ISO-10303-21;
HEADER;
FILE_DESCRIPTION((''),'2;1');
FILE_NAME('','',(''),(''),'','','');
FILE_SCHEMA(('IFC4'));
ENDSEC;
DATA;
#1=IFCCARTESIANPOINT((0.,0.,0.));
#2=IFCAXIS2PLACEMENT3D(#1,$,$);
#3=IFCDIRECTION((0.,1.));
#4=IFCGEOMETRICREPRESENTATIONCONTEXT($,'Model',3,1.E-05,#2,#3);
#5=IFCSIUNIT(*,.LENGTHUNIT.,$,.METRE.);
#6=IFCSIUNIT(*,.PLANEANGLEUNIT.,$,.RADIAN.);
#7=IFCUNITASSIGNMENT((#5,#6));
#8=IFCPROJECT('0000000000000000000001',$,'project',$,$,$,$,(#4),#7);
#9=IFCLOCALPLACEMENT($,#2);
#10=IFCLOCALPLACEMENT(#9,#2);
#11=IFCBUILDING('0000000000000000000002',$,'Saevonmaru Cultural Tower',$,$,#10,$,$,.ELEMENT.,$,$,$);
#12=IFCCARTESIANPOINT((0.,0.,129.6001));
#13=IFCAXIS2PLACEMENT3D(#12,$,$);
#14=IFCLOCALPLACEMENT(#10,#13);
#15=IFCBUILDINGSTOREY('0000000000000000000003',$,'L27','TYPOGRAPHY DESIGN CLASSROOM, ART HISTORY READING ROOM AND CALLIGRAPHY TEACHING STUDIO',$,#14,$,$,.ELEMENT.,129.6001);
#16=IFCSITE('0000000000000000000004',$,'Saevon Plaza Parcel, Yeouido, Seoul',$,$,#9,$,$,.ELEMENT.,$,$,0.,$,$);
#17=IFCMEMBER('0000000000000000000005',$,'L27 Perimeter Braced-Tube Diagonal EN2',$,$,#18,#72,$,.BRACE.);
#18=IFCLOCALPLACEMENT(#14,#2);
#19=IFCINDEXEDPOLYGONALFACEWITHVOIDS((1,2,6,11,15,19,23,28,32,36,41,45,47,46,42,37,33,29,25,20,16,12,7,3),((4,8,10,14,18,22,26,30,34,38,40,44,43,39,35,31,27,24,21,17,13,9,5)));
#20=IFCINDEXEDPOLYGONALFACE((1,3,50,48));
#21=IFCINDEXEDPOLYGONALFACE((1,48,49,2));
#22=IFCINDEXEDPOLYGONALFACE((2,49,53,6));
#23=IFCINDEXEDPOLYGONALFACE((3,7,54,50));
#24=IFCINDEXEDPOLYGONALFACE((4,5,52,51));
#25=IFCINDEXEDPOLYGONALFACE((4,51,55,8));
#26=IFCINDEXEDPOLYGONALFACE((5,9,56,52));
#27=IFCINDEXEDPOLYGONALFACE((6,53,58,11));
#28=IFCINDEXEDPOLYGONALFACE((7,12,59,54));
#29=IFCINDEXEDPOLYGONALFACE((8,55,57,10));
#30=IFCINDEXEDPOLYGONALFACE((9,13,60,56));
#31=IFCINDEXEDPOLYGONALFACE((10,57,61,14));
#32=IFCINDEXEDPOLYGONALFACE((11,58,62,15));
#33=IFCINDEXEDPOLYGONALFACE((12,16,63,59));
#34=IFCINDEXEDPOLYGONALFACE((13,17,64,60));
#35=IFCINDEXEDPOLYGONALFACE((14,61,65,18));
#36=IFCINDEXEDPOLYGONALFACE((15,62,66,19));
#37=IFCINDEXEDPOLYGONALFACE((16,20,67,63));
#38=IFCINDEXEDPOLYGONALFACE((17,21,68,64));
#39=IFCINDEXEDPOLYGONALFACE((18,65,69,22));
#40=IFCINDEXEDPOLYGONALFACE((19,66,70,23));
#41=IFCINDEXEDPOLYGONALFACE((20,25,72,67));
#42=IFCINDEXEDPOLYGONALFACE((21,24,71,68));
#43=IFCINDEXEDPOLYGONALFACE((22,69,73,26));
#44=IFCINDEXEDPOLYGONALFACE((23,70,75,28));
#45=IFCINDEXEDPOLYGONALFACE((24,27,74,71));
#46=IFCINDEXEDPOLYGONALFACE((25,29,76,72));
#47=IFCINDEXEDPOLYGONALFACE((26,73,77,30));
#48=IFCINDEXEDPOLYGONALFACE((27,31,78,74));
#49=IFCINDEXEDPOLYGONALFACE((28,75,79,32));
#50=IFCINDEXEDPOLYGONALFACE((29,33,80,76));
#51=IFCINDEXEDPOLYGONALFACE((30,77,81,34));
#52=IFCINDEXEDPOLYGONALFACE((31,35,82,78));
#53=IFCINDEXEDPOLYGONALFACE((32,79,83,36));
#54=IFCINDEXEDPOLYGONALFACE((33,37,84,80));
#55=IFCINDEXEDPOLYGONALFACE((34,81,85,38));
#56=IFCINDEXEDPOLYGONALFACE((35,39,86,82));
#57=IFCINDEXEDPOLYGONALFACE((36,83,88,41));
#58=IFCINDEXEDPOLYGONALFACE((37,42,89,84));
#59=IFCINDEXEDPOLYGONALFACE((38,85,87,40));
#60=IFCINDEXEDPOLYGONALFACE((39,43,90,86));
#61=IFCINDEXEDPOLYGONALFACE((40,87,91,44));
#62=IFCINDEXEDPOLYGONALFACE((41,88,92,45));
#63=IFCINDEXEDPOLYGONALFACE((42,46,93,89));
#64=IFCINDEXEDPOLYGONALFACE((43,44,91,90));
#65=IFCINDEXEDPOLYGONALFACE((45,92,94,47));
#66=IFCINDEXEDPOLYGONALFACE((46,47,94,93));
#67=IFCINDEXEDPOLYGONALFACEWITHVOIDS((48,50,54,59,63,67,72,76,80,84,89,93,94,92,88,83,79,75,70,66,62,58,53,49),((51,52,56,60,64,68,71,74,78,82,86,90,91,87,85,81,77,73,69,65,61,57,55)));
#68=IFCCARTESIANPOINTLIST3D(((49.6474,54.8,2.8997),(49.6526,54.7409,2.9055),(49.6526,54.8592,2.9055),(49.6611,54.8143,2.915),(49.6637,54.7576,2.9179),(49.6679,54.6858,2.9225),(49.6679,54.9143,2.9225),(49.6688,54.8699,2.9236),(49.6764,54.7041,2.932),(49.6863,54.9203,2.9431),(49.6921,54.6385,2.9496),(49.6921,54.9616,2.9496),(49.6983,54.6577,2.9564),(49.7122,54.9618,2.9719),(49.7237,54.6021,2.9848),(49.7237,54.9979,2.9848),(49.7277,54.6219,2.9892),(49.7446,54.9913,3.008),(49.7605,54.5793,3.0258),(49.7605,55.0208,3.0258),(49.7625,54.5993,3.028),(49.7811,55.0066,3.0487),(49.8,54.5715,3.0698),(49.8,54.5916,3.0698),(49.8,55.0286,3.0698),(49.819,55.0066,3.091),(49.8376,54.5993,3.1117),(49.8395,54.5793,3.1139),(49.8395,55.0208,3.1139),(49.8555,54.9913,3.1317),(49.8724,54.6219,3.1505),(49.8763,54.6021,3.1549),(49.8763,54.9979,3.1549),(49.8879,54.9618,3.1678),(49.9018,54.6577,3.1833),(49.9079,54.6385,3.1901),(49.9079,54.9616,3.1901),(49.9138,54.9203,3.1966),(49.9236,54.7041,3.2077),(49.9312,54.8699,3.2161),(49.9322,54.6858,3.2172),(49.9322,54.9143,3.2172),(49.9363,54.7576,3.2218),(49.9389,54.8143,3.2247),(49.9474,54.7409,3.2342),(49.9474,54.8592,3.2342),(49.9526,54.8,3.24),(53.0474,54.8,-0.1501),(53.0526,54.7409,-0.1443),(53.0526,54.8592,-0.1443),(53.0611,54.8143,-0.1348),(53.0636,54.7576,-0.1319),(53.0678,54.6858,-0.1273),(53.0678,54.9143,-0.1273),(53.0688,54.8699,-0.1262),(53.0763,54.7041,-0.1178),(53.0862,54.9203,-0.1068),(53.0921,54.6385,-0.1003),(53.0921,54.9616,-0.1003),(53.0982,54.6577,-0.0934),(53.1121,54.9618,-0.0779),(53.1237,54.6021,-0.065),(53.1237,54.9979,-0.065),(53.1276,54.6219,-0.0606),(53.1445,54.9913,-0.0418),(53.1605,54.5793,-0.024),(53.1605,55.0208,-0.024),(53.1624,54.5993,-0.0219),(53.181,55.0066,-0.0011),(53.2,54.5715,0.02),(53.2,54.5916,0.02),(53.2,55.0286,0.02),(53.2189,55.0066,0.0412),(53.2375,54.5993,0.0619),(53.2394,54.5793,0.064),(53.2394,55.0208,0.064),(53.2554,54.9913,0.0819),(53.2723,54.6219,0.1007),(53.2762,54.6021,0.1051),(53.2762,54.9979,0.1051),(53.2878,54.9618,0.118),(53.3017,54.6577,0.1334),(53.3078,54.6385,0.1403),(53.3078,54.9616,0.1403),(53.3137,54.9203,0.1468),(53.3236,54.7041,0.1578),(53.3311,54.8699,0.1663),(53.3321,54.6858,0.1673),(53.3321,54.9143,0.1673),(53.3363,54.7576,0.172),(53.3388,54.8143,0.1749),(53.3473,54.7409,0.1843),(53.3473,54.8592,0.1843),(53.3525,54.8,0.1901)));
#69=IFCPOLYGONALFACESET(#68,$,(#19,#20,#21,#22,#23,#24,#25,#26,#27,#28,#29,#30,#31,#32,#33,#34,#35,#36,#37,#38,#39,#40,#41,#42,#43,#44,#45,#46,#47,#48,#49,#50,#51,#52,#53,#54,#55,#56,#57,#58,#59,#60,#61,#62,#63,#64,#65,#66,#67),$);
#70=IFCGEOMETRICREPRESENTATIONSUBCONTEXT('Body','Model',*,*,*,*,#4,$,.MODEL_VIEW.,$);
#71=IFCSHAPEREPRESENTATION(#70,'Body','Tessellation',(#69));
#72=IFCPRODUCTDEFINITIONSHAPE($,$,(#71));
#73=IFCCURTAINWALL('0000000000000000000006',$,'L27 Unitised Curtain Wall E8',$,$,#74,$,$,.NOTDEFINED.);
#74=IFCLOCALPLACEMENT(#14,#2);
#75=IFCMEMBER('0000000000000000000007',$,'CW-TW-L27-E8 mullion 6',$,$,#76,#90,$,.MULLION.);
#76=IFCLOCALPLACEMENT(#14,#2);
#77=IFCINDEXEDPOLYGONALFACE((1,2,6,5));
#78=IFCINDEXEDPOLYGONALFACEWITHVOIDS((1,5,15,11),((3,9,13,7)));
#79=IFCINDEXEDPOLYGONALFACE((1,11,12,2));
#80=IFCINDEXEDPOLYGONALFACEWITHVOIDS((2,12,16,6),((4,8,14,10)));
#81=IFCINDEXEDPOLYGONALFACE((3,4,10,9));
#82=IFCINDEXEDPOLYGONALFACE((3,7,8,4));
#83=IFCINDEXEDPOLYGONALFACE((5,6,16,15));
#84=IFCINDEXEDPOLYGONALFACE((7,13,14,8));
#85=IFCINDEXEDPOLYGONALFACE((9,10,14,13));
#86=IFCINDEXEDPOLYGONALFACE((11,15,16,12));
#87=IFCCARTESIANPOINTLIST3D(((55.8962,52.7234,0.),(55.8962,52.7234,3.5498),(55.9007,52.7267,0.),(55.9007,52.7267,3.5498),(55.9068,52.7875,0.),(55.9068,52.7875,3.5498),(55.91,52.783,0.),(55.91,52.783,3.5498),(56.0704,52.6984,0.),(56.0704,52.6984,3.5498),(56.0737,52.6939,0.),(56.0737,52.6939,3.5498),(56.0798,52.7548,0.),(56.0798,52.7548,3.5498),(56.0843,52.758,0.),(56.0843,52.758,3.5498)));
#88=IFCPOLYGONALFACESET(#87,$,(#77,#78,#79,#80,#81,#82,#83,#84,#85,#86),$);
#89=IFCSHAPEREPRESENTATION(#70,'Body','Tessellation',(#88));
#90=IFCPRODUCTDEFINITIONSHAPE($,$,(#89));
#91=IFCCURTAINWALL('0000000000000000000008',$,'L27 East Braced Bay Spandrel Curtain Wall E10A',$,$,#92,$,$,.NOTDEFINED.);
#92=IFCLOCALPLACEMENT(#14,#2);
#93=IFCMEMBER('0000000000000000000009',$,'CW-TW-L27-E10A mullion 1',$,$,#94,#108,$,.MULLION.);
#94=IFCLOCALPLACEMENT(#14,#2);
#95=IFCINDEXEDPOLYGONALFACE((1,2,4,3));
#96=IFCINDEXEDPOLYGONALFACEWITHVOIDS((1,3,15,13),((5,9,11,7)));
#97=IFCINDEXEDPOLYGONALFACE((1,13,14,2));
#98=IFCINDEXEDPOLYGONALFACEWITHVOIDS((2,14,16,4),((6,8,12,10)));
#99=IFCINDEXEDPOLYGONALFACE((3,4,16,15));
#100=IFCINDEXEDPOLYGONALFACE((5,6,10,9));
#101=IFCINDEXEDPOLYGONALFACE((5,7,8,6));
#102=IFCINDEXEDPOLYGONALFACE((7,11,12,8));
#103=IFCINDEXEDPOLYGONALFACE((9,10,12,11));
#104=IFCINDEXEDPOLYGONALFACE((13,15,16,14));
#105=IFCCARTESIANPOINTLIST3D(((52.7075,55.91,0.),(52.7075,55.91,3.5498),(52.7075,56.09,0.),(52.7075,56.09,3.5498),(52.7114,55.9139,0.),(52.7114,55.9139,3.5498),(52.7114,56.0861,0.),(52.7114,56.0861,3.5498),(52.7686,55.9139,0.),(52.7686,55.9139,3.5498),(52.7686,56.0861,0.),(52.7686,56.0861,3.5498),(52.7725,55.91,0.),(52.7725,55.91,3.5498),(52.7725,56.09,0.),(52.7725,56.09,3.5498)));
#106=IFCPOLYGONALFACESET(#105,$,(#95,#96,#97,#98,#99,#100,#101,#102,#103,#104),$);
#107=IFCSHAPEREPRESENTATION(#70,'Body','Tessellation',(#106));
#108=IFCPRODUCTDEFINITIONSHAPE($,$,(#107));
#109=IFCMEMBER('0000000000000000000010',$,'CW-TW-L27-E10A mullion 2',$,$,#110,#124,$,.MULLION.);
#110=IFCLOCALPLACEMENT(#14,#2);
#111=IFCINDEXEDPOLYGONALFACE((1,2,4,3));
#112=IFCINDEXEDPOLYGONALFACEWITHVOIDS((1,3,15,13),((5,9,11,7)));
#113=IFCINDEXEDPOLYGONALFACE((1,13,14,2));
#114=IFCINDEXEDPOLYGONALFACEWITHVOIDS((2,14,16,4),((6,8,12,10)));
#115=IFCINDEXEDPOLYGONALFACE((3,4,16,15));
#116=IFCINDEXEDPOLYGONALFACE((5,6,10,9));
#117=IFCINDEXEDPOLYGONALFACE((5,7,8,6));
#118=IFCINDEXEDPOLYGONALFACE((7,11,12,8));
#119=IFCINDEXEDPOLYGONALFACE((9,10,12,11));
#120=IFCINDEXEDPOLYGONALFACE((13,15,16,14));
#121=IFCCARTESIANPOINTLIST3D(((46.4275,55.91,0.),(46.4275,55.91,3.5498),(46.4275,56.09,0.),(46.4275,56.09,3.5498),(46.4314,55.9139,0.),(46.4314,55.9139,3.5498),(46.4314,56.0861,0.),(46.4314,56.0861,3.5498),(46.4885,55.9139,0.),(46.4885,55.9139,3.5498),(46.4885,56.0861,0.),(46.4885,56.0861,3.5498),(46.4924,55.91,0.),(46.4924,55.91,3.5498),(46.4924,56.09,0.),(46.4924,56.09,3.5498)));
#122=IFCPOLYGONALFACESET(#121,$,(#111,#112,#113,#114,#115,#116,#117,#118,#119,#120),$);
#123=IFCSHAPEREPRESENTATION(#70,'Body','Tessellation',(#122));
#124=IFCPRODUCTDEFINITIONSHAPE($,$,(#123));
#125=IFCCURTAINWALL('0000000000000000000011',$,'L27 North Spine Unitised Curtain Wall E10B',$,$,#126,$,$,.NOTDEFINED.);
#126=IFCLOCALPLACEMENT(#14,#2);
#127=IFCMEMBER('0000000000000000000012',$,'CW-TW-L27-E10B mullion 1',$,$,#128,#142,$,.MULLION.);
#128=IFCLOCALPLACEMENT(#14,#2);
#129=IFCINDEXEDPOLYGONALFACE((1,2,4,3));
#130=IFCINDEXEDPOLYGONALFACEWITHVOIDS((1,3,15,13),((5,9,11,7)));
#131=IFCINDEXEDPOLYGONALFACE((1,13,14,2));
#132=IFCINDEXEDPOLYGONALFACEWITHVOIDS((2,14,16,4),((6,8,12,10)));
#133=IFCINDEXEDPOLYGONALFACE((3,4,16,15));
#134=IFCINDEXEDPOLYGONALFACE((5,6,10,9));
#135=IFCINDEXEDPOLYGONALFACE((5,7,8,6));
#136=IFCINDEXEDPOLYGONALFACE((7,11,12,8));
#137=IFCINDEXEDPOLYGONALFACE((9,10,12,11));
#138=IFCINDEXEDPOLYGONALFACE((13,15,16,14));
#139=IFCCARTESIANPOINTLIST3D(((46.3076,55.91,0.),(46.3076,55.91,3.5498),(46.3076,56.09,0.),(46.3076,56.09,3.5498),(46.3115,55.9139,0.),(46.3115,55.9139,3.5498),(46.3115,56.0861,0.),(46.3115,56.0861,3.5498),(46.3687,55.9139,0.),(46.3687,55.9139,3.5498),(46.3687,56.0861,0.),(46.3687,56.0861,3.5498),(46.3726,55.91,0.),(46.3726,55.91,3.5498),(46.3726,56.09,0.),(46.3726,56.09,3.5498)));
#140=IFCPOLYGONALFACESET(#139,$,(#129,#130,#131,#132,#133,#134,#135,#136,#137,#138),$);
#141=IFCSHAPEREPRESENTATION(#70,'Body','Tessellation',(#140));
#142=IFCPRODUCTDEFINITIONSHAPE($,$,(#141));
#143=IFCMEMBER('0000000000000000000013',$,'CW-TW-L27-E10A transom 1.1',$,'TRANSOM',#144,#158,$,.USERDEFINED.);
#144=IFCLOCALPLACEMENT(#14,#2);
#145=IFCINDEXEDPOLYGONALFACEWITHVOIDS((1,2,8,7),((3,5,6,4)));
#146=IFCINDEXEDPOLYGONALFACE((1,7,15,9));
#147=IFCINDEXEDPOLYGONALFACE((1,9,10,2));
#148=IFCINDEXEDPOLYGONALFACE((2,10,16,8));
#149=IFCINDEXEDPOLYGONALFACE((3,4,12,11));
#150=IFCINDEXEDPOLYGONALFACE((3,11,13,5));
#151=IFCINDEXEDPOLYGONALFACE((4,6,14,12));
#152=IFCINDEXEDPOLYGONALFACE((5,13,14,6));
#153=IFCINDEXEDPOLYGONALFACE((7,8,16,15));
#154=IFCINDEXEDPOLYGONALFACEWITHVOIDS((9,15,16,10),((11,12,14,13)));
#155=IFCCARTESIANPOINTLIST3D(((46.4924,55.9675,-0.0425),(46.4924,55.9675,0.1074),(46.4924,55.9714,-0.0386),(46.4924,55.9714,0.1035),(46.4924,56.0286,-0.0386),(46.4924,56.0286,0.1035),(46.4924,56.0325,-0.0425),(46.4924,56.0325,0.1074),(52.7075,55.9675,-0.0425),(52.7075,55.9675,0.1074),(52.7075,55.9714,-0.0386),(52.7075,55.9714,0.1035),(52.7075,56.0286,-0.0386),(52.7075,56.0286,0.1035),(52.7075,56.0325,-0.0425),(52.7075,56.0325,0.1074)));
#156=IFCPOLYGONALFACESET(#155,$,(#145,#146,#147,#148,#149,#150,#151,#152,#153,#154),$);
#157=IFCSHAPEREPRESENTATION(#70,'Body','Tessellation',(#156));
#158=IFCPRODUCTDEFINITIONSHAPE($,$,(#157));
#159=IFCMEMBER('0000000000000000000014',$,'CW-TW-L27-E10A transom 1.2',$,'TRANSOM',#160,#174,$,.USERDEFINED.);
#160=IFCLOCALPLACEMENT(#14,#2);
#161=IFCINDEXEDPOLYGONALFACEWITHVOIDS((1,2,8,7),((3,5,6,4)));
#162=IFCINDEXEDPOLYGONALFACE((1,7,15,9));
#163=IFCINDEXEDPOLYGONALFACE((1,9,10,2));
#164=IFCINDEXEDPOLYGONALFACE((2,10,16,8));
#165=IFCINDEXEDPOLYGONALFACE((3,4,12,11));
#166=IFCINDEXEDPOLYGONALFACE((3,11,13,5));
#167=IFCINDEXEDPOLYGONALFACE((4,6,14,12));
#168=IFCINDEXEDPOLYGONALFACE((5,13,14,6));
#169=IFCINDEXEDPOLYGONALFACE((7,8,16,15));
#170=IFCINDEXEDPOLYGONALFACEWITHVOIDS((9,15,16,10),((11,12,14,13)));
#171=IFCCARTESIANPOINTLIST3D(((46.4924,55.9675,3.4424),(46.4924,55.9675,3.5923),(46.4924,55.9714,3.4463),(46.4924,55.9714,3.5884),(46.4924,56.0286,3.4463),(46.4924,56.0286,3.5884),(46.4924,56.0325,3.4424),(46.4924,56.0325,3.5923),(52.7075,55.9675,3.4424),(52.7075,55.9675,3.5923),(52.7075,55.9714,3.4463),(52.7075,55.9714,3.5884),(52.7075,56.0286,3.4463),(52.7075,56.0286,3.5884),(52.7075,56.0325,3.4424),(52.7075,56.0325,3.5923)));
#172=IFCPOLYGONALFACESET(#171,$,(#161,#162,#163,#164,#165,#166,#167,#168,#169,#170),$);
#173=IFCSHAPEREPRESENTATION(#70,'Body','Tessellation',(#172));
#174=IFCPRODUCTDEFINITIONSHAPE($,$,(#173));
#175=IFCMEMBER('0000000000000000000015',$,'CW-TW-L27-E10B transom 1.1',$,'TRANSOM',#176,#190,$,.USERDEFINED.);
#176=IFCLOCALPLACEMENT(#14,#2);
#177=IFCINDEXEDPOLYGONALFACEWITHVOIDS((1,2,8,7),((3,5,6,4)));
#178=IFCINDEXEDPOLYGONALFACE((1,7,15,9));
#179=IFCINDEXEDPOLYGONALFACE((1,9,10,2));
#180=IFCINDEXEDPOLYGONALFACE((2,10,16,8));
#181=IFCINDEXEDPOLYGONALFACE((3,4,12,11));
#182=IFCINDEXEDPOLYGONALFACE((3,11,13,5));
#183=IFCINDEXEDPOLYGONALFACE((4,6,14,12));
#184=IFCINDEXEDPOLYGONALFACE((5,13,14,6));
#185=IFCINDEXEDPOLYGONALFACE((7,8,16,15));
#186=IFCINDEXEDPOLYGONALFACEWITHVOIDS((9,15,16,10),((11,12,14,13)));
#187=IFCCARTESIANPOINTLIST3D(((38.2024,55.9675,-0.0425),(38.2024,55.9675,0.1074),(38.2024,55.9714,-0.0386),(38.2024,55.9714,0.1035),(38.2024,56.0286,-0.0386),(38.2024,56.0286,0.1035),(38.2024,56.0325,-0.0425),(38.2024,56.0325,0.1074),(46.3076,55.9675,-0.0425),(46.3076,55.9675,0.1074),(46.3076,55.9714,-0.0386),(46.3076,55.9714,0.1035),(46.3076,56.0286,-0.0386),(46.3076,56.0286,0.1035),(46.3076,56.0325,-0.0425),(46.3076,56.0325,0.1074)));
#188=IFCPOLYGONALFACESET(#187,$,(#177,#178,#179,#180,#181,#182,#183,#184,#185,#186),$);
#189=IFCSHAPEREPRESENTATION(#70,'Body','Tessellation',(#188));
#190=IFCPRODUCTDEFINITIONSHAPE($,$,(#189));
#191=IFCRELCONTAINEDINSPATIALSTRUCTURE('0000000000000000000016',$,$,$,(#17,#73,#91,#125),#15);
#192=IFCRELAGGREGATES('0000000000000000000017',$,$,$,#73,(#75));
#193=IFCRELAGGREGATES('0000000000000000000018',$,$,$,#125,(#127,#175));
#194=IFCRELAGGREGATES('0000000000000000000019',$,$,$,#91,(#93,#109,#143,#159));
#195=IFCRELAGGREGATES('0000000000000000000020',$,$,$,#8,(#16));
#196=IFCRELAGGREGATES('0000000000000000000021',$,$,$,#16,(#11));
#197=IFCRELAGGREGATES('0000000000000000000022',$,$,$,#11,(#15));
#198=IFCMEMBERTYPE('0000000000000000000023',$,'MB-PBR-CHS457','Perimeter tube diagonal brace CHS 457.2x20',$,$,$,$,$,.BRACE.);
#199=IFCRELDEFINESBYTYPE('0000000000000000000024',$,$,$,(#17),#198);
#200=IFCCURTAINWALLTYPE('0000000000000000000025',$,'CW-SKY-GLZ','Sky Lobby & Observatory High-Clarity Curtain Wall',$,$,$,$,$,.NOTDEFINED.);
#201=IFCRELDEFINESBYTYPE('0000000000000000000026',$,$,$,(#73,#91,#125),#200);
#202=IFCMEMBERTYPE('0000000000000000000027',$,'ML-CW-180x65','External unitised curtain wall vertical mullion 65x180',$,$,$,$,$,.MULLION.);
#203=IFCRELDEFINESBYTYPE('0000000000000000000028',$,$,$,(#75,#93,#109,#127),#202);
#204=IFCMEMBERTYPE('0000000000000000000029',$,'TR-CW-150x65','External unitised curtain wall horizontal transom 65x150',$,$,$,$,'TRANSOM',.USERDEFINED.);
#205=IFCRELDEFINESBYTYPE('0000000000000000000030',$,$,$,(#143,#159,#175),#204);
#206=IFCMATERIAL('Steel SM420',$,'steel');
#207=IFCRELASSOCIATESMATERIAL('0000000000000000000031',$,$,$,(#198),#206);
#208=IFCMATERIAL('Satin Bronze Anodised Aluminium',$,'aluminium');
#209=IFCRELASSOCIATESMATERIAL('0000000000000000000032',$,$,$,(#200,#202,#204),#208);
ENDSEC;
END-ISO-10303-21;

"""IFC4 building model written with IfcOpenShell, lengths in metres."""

from ifc_helpers import new_model, si_unit, direction, frame, origin, origin_2d, place, context, subcontext, project, spatial, hollow_rectangle, hollow_circle, extrude, material, material_profile, profile_set, type_object, element, aggregate, save


model = new_model("IFC4")

# Units and contexts
model_context = context("Model", 3, precision=1e-05, world=origin(), true_north=direction((0.0, 1.0)))
body_context = subcontext(model_context, "Body", "Model", "MODEL_VIEW")
ifc_project = project(units=[si_unit("LENGTHUNIT", "METRE"), si_unit("PLANEANGLEUNIT", "RADIAN")], contexts=[model_context])

# Site, building, storey
site_placement = place(None, origin())
site = spatial("IfcSite", under=ifc_project, at=site_placement, Name="Saevon Plaza Parcel, Yeouido, Seoul", CompositionType="ELEMENT", RefElevation=0.0)
building_placement = place(site_placement, origin())
building = spatial("IfcBuilding", under=site, at=building_placement, Name="Saevonmaru Cultural Tower", CompositionType="ELEMENT")
storey_placement = place(building_placement, frame((0.0, 0.0, 129.6001)))
storey = spatial("IfcBuildingStorey", under=building, at=storey_placement, Name="L27", Description="TYPOGRAPHY DESIGN CLASSROOM, ART HISTORY READING ROOM AND CALLIGRAPHY TEACHING STUDIO", CompositionType="ELEMENT", Elevation=129.6001)

# Shared definitions
ifc_material_1 = material(Name="Steel SM420", Category="steel")

# Member
ifc_material_profile_1 = material_profile(ifc_material_1, hollow_circle(Radius=0.2285, WallThickness=0.02, at=origin_2d()), Name="CHS-457.2x20")
ifc_profile_set_1 = profile_set([ifc_material_profile_1], Name="Steel SM420")
member_type_1 = type_object("IfcMemberType", Name="MB-PBR-CHS457", Description="Perimeter tube diagonal brace CHS 457.2x20", PredefinedType="BRACE", material=ifc_profile_set_1)
member_1_placement = place(storey_placement, frame((53.2, 54.8, 0.02), z_axis=(-0.744394, 0.0, 0.667741), x_axis=(0.0, -1.0, 0.0)))
element("IfcMember", 1, at=member_1_placement, inside=storey, type_object=member_type_1, Name="L27 Perimeter Braced-Tube Diagonal EN2", PredefinedType="BRACE", context=body_context, shape_type="SweptSolid", body=[
    extrude(hollow_circle(Radius=0.2285, WallThickness=0.02, at=origin_2d()), origin(), (0.0, 0.0, 1.0), 4.5674),
])

# Curtain wall, member
ifc_material_2 = material(Name="Satin Bronze Anodised Aluminium", Category="aluminium")
curtain_wall_type = type_object("IfcCurtainWallType", Name="CW-SKY-GLZ", Description="Sky Lobby & Observatory High-Clarity Curtain Wall", PredefinedType="NOTDEFINED", material=ifc_material_2)
curtain_wall_1_placement = place(storey_placement, origin())
curtain_wall_1 = element("IfcCurtainWall", 2, at=curtain_wall_1_placement, inside=storey, type_object=curtain_wall_type, Name="L27 Unitised Curtain Wall E8", PredefinedType="NOTDEFINED")
ifc_material_profile_2 = material_profile(ifc_material_2, hollow_rectangle(XDim=0.0649, YDim=0.1799, WallThickness=0.0039, at=origin_2d()), Name="ALU-MULL-180x65x4")
ifc_profile_set_2 = profile_set([ifc_material_profile_2], Name="Satin Bronze Anodised Aluminium")
member_type_2 = type_object("IfcMemberType", Name="ML-CW-180x65", Description="External unitised curtain wall vertical mullion 65x180", PredefinedType="MULLION", material=ifc_profile_set_2)
member_2_placement = place(storey_placement, frame((55.9902, 52.7407, 0.0), z_axis=(0.0, 0.0, 1.0), x_axis=(0.163999, 0.986461, 0.0)))
member_2 = element("IfcMember", 3, at=member_2_placement, type_object=member_type_2, Name="CW-TW-L27-E8 mullion 6", PredefinedType="MULLION", context=body_context, shape_type="SweptSolid", body=[
    extrude(hollow_rectangle(XDim=0.0649, YDim=0.1799, WallThickness=0.0039, at=origin_2d()), origin(), (0.0, 0.0, 1.0), 3.5498),
])
aggregate(curtain_wall_1, [member_2])

# Curtain wall, members
curtain_wall_2_placement = place(storey_placement, origin())
curtain_wall_2 = element("IfcCurtainWall", 4, at=curtain_wall_2_placement, inside=storey, type_object=curtain_wall_type, Name="L27 East Braced Bay Spandrel Curtain Wall E10A", PredefinedType="NOTDEFINED")
member_3_placement = place(storey_placement, frame((52.74, 56.0, 0.0), z_axis=(0.0, 0.0, 1.0), x_axis=(-1.0, 0.0, 0.0)))
member_3 = element("IfcMember", 5, at=member_3_placement, type_object=member_type_2, Name="CW-TW-L27-E10A mullion 1", PredefinedType="MULLION", context=body_context, shape_type="SweptSolid", body=[
    extrude(hollow_rectangle(XDim=0.0649, YDim=0.1799, WallThickness=0.0039, at=origin_2d()), origin(), (0.0, 0.0, 1.0), 3.5498),
])
member_4_placement = place(storey_placement, frame((46.46, 56.0, 0.0), z_axis=(0.0, 0.0, 1.0), x_axis=(-1.0, 0.0, 0.0)))
member_4 = element("IfcMember", 6, at=member_4_placement, type_object=member_type_2, Name="CW-TW-L27-E10A mullion 2", PredefinedType="MULLION", context=body_context, shape_type="SweptSolid", body=[
    extrude(hollow_rectangle(XDim=0.0649, YDim=0.1799, WallThickness=0.0039, at=origin_2d()), origin(), (0.0, 0.0, 1.0), 3.5498),
])

# Curtain wall, member
curtain_wall_3_placement = place(storey_placement, origin())
curtain_wall_3 = element("IfcCurtainWall", 7, at=curtain_wall_3_placement, inside=storey, type_object=curtain_wall_type, Name="L27 North Spine Unitised Curtain Wall E10B", PredefinedType="NOTDEFINED")
member_5_placement = place(storey_placement, frame((46.3401, 56.0, 0.0), z_axis=(0.0, 0.0, 1.0), x_axis=(-1.0, 0.0, 0.0)))
member_5 = element("IfcMember", 8, at=member_5_placement, type_object=member_type_2, Name="CW-TW-L27-E10B mullion 1", PredefinedType="MULLION", context=body_context, shape_type="SweptSolid", body=[
    extrude(hollow_rectangle(XDim=0.0649, YDim=0.1799, WallThickness=0.0039, at=origin_2d()), origin(), (0.0, 0.0, 1.0), 3.5498),
])

# Members
ifc_material_profile_3 = material_profile(ifc_material_2, hollow_rectangle(XDim=0.0649, YDim=0.1499, WallThickness=0.0039, at=origin_2d()), Name="ALU-TRAN-150x65x4")
ifc_profile_set_3 = profile_set([ifc_material_profile_3], Name="Satin Bronze Anodised Aluminium")
member_type_3 = type_object("IfcMemberType", Name="TR-CW-150x65", Description="External unitised curtain wall horizontal transom 65x150", ElementType="TRANSOM", PredefinedType="USERDEFINED", material=ifc_profile_set_3)
member_6_placement = place(storey_placement, frame((52.7075, 56.0, 0.0325), z_axis=(-1.0, 0.0, 0.0), x_axis=(0.0, -1.0, 0.0)))
member_6 = element("IfcMember", 9, at=member_6_placement, type_object=member_type_3, Name="CW-TW-L27-E10A transom 1.1", ObjectType="TRANSOM", PredefinedType="USERDEFINED", context=body_context, shape_type="SweptSolid", body=[
    extrude(hollow_rectangle(XDim=0.0649, YDim=0.1499, WallThickness=0.0039, at=origin_2d()), origin(), (0.0, 0.0, 1.0), 6.2151),
])
member_7_placement = place(storey_placement, frame((52.7075, 56.0, 3.5173), z_axis=(-1.0, 0.0, 0.0), x_axis=(0.0, -1.0, 0.0)))
member_7 = element("IfcMember", 10, at=member_7_placement, type_object=member_type_3, Name="CW-TW-L27-E10A transom 1.2", ObjectType="TRANSOM", PredefinedType="USERDEFINED", context=body_context, shape_type="SweptSolid", body=[
    extrude(hollow_rectangle(XDim=0.0649, YDim=0.1499, WallThickness=0.0039, at=origin_2d()), origin(), (0.0, 0.0, 1.0), 6.2151),
])
member_8_placement = place(storey_placement, frame((46.3076, 56.0, 0.0325), z_axis=(-1.0, 0.0, 0.0), x_axis=(0.0, -1.0, 0.0)))
member_8 = element("IfcMember", 11, at=member_8_placement, type_object=member_type_3, Name="CW-TW-L27-E10B transom 1.1", ObjectType="TRANSOM", PredefinedType="USERDEFINED", context=body_context, shape_type="SweptSolid", body=[
    extrude(hollow_rectangle(XDim=0.0649, YDim=0.1499, WallThickness=0.0039, at=origin_2d()), origin(), (0.0, 0.0, 1.0), 8.1052),
])
aggregate(curtain_wall_3, [member_5, member_8])

aggregate(curtain_wall_2, [member_3, member_4, member_6, member_7])

save(model, "model.ifc")
